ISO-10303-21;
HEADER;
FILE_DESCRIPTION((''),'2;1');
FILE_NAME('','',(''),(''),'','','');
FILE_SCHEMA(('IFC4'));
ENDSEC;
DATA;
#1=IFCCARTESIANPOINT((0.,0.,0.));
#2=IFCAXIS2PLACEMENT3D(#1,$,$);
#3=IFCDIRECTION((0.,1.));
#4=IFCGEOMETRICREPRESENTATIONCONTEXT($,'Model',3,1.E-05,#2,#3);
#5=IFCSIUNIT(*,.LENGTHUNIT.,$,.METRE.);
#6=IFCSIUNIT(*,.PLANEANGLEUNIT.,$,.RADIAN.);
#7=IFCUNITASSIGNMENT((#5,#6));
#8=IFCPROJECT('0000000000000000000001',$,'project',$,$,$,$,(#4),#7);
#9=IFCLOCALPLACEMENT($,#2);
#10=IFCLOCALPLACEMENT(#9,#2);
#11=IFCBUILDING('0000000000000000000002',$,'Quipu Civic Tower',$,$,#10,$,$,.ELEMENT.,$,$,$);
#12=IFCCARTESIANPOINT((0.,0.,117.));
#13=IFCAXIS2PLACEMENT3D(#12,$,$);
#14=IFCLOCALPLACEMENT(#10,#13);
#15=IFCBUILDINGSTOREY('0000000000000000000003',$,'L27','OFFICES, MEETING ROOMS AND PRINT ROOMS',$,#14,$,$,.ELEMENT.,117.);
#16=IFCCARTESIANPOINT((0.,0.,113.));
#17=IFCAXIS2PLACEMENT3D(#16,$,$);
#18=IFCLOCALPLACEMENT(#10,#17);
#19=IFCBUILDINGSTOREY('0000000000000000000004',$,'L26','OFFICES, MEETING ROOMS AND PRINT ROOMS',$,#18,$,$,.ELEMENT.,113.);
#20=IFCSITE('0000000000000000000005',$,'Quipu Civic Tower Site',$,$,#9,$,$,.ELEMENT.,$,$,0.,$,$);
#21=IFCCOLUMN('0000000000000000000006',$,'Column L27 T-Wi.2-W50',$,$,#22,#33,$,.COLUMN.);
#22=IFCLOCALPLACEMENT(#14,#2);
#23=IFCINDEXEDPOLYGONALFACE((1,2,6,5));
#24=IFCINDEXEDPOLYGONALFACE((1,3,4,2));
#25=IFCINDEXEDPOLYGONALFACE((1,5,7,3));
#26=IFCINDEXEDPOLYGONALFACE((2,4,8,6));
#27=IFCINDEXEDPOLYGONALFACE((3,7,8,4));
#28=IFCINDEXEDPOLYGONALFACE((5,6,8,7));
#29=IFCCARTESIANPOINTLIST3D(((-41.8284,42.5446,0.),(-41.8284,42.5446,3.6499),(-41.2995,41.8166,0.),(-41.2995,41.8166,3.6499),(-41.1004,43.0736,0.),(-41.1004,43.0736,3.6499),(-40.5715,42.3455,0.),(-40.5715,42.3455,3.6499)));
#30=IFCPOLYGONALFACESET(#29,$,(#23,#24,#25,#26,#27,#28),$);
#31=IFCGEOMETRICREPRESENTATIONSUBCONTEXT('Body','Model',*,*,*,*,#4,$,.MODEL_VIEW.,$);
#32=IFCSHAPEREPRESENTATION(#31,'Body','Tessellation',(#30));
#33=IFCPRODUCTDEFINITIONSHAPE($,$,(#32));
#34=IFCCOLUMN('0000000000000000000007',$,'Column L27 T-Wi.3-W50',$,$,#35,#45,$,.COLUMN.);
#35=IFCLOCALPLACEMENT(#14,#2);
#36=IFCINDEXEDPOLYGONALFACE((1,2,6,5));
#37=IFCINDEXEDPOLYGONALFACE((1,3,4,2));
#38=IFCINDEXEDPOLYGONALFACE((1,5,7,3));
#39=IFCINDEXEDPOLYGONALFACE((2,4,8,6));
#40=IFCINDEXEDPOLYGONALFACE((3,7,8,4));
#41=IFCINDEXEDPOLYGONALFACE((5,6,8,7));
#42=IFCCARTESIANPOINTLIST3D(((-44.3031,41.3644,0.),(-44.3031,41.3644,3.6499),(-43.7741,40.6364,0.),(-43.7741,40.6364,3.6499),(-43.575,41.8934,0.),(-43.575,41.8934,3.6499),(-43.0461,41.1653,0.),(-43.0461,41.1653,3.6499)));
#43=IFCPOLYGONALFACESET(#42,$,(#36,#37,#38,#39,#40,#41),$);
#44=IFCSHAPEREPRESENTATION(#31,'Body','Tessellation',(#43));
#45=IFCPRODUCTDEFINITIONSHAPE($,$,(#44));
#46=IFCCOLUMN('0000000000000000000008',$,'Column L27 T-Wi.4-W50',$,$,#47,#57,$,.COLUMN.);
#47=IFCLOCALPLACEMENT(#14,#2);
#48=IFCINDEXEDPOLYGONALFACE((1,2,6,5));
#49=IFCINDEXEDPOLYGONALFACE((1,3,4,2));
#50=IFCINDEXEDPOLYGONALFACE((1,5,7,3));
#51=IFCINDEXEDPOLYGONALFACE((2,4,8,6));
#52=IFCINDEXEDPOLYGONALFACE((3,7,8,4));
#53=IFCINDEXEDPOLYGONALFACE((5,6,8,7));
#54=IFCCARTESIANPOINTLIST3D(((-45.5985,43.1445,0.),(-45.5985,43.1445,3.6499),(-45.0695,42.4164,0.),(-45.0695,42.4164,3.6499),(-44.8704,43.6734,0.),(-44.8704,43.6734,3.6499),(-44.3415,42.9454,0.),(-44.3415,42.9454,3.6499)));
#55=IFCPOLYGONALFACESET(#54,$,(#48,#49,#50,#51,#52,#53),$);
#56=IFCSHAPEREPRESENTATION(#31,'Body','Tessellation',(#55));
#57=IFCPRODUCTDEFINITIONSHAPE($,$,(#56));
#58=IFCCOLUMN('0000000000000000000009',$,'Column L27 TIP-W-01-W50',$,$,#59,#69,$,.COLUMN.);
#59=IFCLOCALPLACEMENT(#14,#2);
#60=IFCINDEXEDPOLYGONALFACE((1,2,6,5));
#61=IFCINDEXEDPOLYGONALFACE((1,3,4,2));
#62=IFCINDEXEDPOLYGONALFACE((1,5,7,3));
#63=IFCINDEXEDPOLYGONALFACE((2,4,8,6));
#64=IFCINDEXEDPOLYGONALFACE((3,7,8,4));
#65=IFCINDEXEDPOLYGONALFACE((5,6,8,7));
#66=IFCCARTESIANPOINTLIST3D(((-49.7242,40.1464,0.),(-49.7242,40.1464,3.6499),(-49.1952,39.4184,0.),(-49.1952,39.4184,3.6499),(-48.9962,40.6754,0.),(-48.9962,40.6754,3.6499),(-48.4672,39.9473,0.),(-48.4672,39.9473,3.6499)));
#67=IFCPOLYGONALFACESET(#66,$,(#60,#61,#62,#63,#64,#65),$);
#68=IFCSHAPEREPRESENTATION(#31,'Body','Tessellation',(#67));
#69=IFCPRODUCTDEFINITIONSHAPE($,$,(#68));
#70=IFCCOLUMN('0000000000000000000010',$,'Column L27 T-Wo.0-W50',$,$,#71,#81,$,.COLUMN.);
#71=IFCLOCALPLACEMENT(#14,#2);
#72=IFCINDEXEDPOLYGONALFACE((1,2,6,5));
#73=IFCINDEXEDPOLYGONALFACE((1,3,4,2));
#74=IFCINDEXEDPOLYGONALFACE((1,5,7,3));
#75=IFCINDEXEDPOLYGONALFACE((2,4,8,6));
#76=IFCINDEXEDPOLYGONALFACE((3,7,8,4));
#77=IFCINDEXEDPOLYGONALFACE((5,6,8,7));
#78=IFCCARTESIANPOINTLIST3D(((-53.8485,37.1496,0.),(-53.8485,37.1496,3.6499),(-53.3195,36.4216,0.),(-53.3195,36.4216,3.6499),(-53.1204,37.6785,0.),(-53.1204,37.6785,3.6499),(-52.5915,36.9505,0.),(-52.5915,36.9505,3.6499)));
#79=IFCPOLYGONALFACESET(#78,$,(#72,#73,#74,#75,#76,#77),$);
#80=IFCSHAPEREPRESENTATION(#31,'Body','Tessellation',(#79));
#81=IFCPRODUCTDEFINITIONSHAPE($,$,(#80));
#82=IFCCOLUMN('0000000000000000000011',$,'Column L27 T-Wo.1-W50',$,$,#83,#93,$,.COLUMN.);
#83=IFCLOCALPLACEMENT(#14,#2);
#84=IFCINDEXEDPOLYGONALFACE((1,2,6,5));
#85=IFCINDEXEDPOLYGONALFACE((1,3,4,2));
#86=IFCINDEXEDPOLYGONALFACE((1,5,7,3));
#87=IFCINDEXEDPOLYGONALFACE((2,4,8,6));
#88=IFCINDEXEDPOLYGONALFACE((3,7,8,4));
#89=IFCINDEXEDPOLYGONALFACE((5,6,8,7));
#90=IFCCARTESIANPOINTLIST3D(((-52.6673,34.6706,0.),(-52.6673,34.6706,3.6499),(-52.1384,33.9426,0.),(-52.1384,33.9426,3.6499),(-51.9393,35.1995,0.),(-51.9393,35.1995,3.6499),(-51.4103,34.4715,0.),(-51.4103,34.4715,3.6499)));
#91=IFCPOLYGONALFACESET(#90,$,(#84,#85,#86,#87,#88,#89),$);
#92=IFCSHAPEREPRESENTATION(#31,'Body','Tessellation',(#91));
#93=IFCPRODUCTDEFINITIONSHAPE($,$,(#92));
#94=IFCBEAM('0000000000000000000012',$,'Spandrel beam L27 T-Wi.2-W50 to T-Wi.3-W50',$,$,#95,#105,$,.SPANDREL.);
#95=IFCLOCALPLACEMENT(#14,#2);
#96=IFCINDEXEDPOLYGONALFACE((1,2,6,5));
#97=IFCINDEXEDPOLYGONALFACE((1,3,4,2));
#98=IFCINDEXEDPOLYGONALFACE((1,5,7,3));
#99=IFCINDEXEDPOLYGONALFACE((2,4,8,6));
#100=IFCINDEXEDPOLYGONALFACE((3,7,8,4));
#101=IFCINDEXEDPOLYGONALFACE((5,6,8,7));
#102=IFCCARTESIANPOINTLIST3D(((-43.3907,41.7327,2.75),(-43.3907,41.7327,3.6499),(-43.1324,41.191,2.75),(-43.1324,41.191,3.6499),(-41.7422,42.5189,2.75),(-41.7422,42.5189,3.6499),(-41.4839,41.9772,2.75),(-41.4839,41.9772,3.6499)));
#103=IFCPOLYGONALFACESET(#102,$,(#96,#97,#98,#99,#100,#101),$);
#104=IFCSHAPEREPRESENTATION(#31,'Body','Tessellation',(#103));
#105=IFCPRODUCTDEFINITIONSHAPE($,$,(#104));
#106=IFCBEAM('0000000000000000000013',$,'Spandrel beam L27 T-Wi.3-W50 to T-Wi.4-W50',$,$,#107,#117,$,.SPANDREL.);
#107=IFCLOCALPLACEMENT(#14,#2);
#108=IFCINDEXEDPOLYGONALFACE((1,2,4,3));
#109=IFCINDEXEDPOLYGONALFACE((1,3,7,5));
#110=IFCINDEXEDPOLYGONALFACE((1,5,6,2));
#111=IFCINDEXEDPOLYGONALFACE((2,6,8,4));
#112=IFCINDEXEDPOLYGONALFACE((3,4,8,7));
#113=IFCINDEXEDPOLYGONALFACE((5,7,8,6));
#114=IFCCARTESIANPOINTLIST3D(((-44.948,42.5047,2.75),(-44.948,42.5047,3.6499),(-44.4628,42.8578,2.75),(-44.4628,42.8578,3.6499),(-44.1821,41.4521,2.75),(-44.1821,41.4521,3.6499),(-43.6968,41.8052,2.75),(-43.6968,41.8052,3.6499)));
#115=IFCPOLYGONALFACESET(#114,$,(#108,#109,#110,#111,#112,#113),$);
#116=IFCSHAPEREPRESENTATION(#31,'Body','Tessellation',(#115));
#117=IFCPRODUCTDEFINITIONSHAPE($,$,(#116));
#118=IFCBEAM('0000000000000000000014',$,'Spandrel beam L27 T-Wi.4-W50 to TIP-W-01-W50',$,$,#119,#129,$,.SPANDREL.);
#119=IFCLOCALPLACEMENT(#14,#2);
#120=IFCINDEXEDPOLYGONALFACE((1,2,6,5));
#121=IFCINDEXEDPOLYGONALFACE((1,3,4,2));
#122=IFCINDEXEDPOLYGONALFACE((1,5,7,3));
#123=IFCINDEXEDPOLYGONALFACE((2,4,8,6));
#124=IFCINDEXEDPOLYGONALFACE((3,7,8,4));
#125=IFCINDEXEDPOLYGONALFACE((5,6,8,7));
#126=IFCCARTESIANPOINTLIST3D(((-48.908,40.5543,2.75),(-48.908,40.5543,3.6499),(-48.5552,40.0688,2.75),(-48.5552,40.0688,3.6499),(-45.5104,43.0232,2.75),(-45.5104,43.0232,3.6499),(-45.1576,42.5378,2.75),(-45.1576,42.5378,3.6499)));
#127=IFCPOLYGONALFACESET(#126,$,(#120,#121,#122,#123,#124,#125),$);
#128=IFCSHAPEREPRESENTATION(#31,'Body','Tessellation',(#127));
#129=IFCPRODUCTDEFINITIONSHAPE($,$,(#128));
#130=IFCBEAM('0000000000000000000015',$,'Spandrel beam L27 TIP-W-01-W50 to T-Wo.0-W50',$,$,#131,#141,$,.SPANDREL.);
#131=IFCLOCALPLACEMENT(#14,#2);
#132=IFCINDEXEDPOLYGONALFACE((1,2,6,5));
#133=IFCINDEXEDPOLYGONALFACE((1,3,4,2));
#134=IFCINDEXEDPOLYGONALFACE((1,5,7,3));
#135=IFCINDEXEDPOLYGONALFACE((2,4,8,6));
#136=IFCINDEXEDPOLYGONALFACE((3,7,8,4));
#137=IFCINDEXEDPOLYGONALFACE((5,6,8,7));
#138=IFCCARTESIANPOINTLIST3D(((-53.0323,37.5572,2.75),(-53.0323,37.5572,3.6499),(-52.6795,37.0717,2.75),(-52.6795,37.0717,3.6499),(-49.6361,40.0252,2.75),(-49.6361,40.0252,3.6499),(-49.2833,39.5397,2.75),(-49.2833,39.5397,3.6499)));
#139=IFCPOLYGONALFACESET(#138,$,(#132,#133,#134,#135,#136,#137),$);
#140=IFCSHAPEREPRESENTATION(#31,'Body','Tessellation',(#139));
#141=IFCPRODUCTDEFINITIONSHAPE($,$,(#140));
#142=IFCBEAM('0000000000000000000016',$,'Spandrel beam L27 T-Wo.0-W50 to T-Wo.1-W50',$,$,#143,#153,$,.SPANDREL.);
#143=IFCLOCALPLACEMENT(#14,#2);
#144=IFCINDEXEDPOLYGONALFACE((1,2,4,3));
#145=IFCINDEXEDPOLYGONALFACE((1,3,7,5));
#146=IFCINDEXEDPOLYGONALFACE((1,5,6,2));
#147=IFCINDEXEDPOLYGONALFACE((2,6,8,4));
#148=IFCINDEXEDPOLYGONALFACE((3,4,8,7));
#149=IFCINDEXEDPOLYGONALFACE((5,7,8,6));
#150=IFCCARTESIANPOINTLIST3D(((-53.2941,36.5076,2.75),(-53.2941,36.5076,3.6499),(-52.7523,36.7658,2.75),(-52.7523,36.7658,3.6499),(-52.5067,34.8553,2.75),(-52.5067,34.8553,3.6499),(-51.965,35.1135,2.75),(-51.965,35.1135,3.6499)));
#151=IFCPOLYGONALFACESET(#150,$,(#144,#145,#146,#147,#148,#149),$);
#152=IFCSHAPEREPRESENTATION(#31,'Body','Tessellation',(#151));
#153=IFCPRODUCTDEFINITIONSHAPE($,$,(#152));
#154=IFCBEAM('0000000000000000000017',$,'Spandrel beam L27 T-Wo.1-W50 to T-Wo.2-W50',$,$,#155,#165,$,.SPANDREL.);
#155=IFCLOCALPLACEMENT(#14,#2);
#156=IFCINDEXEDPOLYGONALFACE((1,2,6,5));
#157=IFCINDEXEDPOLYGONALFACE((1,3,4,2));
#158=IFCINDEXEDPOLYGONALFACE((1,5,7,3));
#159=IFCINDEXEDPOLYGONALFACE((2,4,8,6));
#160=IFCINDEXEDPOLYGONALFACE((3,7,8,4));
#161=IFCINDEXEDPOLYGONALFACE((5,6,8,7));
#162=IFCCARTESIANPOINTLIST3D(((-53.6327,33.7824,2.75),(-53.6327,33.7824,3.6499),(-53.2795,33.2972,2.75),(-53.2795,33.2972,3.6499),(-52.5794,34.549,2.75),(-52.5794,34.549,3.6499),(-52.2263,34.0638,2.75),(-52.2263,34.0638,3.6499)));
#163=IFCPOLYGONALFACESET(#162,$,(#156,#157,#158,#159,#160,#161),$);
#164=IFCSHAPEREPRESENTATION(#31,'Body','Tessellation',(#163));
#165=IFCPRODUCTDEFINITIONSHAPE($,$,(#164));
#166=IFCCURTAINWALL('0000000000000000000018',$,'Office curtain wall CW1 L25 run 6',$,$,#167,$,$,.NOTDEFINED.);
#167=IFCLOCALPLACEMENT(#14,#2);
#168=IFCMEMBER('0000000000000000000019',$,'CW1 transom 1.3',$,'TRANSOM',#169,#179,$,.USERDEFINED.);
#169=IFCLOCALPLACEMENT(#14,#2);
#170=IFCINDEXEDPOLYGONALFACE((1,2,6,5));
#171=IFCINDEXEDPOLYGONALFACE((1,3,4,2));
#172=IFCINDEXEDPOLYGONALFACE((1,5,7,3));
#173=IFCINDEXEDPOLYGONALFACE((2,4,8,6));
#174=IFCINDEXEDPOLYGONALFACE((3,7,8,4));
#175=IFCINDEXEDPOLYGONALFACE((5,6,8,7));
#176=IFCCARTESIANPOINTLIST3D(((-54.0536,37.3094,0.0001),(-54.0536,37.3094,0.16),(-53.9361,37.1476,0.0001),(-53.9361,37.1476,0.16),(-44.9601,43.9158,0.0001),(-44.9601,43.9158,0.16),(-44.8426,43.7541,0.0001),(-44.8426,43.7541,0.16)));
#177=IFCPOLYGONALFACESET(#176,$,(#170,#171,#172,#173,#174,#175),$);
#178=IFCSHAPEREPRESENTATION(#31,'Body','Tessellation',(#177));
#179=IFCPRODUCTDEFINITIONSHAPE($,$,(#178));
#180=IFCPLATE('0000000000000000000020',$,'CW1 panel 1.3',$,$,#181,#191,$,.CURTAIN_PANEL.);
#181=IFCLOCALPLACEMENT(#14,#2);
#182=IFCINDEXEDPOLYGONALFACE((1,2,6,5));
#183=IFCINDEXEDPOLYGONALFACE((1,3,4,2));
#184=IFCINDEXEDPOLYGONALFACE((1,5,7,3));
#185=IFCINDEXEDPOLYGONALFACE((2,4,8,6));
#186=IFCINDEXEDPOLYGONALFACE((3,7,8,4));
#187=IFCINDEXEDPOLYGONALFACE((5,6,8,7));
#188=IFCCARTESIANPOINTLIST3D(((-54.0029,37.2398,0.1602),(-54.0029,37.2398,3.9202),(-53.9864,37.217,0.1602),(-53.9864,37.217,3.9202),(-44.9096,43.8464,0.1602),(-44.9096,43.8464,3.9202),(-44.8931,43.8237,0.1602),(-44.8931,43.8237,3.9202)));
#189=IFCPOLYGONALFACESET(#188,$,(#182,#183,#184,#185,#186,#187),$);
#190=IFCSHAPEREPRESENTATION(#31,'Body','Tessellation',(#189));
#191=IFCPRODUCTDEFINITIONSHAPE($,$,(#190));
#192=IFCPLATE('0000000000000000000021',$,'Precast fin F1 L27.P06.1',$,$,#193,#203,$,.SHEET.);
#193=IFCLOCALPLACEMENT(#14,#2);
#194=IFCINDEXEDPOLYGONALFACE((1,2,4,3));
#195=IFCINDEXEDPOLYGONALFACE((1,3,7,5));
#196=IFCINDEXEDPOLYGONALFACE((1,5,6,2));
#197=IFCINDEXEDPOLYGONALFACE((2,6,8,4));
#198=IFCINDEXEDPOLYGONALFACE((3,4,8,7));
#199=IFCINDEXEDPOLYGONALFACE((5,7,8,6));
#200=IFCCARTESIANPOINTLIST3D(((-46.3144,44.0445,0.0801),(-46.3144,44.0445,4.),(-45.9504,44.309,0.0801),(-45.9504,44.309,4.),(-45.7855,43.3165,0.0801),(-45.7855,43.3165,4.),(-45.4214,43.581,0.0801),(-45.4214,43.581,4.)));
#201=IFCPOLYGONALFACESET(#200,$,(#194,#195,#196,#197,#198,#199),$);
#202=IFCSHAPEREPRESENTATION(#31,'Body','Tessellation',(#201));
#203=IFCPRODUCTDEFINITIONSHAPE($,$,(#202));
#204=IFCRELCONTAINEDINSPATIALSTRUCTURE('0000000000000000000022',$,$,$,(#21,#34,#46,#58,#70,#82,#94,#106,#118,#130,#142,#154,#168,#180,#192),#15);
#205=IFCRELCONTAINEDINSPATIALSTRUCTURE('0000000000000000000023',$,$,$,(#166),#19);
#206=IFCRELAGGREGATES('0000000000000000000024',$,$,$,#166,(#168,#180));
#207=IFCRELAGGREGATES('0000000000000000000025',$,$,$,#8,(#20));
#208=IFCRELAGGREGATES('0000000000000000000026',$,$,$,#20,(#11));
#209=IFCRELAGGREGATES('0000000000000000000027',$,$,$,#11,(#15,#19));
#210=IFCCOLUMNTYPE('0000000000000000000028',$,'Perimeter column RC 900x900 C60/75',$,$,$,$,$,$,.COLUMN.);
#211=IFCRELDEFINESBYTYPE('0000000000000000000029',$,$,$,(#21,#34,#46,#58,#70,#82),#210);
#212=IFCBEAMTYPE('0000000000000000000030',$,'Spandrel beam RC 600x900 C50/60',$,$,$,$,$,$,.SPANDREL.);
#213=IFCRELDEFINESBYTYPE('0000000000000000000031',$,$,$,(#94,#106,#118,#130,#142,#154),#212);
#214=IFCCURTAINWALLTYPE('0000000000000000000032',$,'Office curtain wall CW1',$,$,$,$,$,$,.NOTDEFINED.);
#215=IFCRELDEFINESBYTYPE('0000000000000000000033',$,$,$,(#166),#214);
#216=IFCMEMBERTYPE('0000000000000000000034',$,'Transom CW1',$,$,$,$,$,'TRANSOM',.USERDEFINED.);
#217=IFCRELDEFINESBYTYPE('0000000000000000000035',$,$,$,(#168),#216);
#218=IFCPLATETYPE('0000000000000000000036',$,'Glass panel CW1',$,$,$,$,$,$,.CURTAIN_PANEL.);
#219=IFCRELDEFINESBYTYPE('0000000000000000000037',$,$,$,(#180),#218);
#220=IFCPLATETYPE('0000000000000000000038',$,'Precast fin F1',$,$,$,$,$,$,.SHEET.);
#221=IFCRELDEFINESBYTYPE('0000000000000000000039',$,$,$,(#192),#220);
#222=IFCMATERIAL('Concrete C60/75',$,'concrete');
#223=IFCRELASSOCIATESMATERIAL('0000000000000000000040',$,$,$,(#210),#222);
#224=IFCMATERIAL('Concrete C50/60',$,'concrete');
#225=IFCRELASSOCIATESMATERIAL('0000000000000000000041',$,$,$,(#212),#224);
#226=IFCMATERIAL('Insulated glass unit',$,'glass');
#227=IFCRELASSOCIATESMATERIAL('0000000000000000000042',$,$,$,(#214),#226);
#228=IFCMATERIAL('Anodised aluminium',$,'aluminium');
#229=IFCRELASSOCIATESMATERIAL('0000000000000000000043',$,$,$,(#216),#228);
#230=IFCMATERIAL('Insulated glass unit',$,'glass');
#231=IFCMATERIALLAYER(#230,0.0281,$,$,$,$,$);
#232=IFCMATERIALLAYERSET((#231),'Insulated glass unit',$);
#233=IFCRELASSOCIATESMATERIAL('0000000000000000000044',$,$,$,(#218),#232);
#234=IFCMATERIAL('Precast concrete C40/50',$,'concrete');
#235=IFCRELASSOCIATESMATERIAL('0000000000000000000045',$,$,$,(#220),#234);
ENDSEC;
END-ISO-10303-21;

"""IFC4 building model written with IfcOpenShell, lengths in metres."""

from ifc_helpers import new_model, si_unit, direction, frame, origin, origin_2d, place, context, subcontext, project, spatial, rectangle, extrude, material, layer, layer_set, material_profile, profile_set, type_object, element, aggregate, save


model = new_model("IFC4")

# Units and contexts
model_context = context("Model", 3, precision=1e-05, world=origin(), true_north=direction((0.0, 1.0)))
body_context = subcontext(model_context, "Body", "Model", "MODEL_VIEW")
ifc_project = project(units=[si_unit("LENGTHUNIT", "METRE"), si_unit("PLANEANGLEUNIT", "RADIAN")], contexts=[model_context])

# Site, building, storey
site_placement = place(None, origin())
site = spatial("IfcSite", under=ifc_project, at=site_placement, Name="Quipu Civic Tower Site", CompositionType="ELEMENT", RefElevation=0.0)
building_placement = place(site_placement, origin())
building = spatial("IfcBuilding", under=site, at=building_placement, Name="Quipu Civic Tower", CompositionType="ELEMENT")
storey_1_placement = place(building_placement, frame((0.0, 0.0, 117.0)))
storey_1 = spatial("IfcBuildingStorey", under=building, at=storey_1_placement, Name="L27", Description="OFFICES, MEETING ROOMS AND PRINT ROOMS", CompositionType="ELEMENT", Elevation=117.0)

# Columns
ifc_material_1 = material(Name="Concrete C60/75", Category="concrete")
ifc_material_profile_1 = material_profile(ifc_material_1, rectangle(XDim=0.8999, YDim=0.8999, at=origin_2d()), Name="RC900x900")
ifc_profile_set_1 = profile_set([ifc_material_profile_1], Name="Concrete C60/75")
column_type = type_object("IfcColumnType", Name="Perimeter column RC 900x900 C60/75", PredefinedType="COLUMN", material=ifc_profile_set_1)
for number, where, z_axis, x_axis, name in (
    (1, (-41.2, 42.4451, 0.0), (0.0, 0.0, 1.0), (-0.587785, 0.809017, 0.0), "Column L27 T-Wi.2-W50"),
    (2, (-43.6746, 41.2649, 0.0), (0.0, 0.0, 1.0), (-0.809017, -0.587785, 0.0), "Column L27 T-Wi.3-W50"),
    (3, (-44.97, 43.0449, 0.0), (0.0, 0.0, 1.0), (-0.809017, -0.587785, 0.0), "Column L27 T-Wi.4-W50"),
    (4, (-49.0957, 40.0469, 0.0), (0.0, 0.0, 1.0), (-0.809017, -0.587785, 0.0), "Column L27 TIP-W-01-W50"),
    (5, (-53.22, 37.05, 0.0), (0.0, 0.0, 1.0), (0.587785, -0.809017, 0.0), "Column L27 T-Wo.0-W50"),
    (6, (-52.0388, 34.571, 0.0), (0.0, 0.0, 1.0), (-0.809017, -0.587785, 0.0), "Column L27 T-Wo.1-W50"),
):
    element("IfcColumn", number, at=place(storey_1_placement, frame(where, z_axis=z_axis, x_axis=x_axis)), inside=storey_1, type_object=column_type, Name=name, PredefinedType="COLUMN", context=body_context, shape_type="SweptSolid", body=[
        extrude(rectangle(XDim=0.8999, YDim=0.8999, at=origin_2d()), origin(), (0.0, 0.0, 1.0), 3.6499),
    ])

# Beams
ifc_material_2 = material(Name="Concrete C50/60", Category="concrete")
ifc_material_profile_2 = material_profile(ifc_material_2, rectangle(XDim=0.6001, YDim=0.8999, at=origin_2d()), Name="RC600x900")
ifc_profile_set_2 = profile_set([ifc_material_profile_2], Name="Concrete C50/60")
beam_type = type_object("IfcBeamType", Name="Spandrel beam RC 600x900 C50/60", PredefinedType="SPANDREL", material=ifc_profile_set_2)
beam_1_placement = place(storey_1_placement, frame((-41.613, 42.248, 3.2), z_axis=(-0.902613, -0.430452, 0.0), x_axis=(0.430452, -0.902613, 0.0)))
element("IfcBeam", 7, at=beam_1_placement, inside=storey_1, type_object=beam_type, Name="Spandrel beam L27 T-Wi.2-W50 to T-Wi.3-W50", PredefinedType="SPANDREL", context=body_context, shape_type="SweptSolid", body=[
    extrude(rectangle(XDim=0.6001, YDim=0.8999, at=origin_2d()), origin(), (0.0, 0.0, 1.0), 1.8264),
])
beam_2_placement = place(storey_1_placement, frame((-43.9395, 41.6287, 3.2), z_axis=(-0.588384, 0.808582, 0.0), x_axis=(-0.808582, -0.588384, 0.0)))
element("IfcBeam", 8, at=beam_2_placement, inside=storey_1, type_object=beam_type, Name="Spandrel beam L27 T-Wi.3-W50 to T-Wi.4-W50", PredefinedType="SPANDREL", context=body_context, shape_type="SweptSolid", body=[
    extrude(rectangle(XDim=0.6001, YDim=0.8999, at=origin_2d()), origin(), (0.0, 0.0, 1.0), 1.3018),
])
beam_3_placement = place(storey_1_placement, frame((-45.334, 42.7805, 3.2), z_axis=(-0.80897, -0.58785, 0.0), x_axis=(0.58785, -0.80897, 0.0)))
element("IfcBeam", 9, at=beam_3_placement, inside=storey_1, type_object=beam_type, Name="Spandrel beam L27 T-Wi.4-W50 to TIP-W-01-W50", PredefinedType="SPANDREL", context=body_context, shape_type="SweptSolid", body=[
    extrude(rectangle(XDim=0.6001, YDim=0.8999, at=origin_2d()), origin(), (0.0, 0.0, 1.0), 4.2),
])
beam_4_placement = place(storey_1_placement, frame((-49.4597, 39.7825, 3.2), z_axis=(-0.80896, -0.587864, 0.0), x_axis=(0.587864, -0.80896, 0.0)))
element("IfcBeam", 10, at=beam_4_placement, inside=storey_1, type_object=beam_type, Name="Spandrel beam L27 TIP-W-01-W50 to T-Wo.0-W50", PredefinedType="SPANDREL", context=body_context, shape_type="SweptSolid", body=[
    extrude(rectangle(XDim=0.6001, YDim=0.8999, at=origin_2d()), origin(), (0.0, 0.0, 1.0), 4.1982),
])
beam_5_placement = place(storey_1_placement, frame((-53.0232, 36.6367, 3.2), z_axis=(0.430167, -0.90275, 0.0), x_axis=(0.90275, 0.430167, 0.0)))
element("IfcBeam", 11, at=beam_5_placement, inside=storey_1, type_object=beam_type, Name="Spandrel beam L27 T-Wo.0-W50 to T-Wo.1-W50", PredefinedType="SPANDREL", context=body_context, shape_type="SweptSolid", body=[
    extrude(rectangle(XDim=0.6001, YDim=0.8999, at=origin_2d()), origin(), (0.0, 0.0, 1.0), 1.8303),
])
beam_6_placement = place(storey_1_placement, frame((-52.4028, 34.3064, 3.2), z_axis=(-0.808509, -0.588484, 0.0), x_axis=(0.588484, -0.808509, 0.0)))
element("IfcBeam", 12, at=beam_6_placement, inside=storey_1, type_object=beam_type, Name="Spandrel beam L27 T-Wo.1-W50 to T-Wo.2-W50", PredefinedType="SPANDREL", context=body_context, shape_type="SweptSolid", body=[
    extrude(rectangle(XDim=0.6001, YDim=0.8999, at=origin_2d()), origin(), (0.0, 0.0, 1.0), 1.3027),
])

# Shared definitions
storey_2_placement = place(building_placement, frame((0.0, 0.0, 113.0)))
storey_2 = spatial("IfcBuildingStorey", under=building, at=storey_2_placement, Name="L26", Description="OFFICES, MEETING ROOMS AND PRINT ROOMS", CompositionType="ELEMENT", Elevation=113.0)

# Curtain wall, member, plate
ifc_material_3 = material(Name="Insulated glass unit", Category="glass")
curtain_wall_type = type_object("IfcCurtainWallType", Name="Office curtain wall CW1", PredefinedType="NOTDEFINED", material=ifc_material_3)
curtain_wall_placement = place(storey_2_placement, origin())
curtain_wall = element("IfcCurtainWall", 13, at=curtain_wall_placement, inside=storey_2, type_object=curtain_wall_type, Name="Office curtain wall CW1 L25 run 6", PredefinedType="NOTDEFINED")
ifc_material_4 = material(Name="Anodised aluminium", Category="aluminium")
ifc_material_profile_3 = material_profile(ifc_material_4, rectangle(XDim=0.2, YDim=0.1599, at=origin_2d()), Name="RECT 200x160")
ifc_profile_set_3 = profile_set([ifc_material_profile_3], Name="Anodised aluminium")
member_type = type_object("IfcMemberType", Name="Transom CW1", ElementType="TRANSOM", PredefinedType="USERDEFINED", material=ifc_profile_set_3)
member_placement = place(storey_1_placement, frame((-44.9014, 43.835, 0.0801), z_axis=(-0.809033, -0.587764, 0.0), x_axis=(0.587764, -0.809033, 0.0)))
member = element("IfcMember", 14, at=member_placement, inside=storey_1, type_object=member_type, Name="CW1 transom 1.3", ObjectType="TRANSOM", PredefinedType="USERDEFINED", context=body_context, shape_type="SweptSolid", body=[
    extrude(rectangle(XDim=0.2, YDim=0.1599, at=origin_2d()), origin(), (0.0, 0.0, 1.0), 11.24),
])
ifc_material_5 = material(Name="Insulated glass unit", Category="glass")
ifc_layer_1 = layer(ifc_material_5, 0.0281)
ifc_layer_set_1 = layer_set([ifc_layer_1], Name="Insulated glass unit")
plate_type_1 = type_object("IfcPlateType", Name="Glass panel CW1", PredefinedType="CURTAIN_PANEL", material=ifc_layer_set_1)
plate_placement = place(storey_1_placement, frame((-49.448, 40.5317, 0.1602), z_axis=(0.0, 0.0, 1.0), x_axis=(-0.809019, -0.587782, 0.0)))
plate = element("IfcPlate", 15, at=plate_placement, inside=storey_1, type_object=plate_type_1, Name="CW1 panel 1.3", PredefinedType="CURTAIN_PANEL", context=body_context, shape_type="SweptSolid", body=[
    extrude(rectangle(XDim=11.24, YDim=0.0281, at=origin_2d()), origin(), (0.0, 0.0, 1.0), 3.76),
])
aggregate(curtain_wall, [member, plate])

# Plate
ifc_material_6 = material(Name="Precast concrete C40/50", Category="concrete")
plate_type_2 = type_object("IfcPlateType", Name="Precast fin F1", PredefinedType="SHEET", material=ifc_material_6)
for number, where, z_axis, x_axis, name in (
    (16, (-45.8679, 43.8127, 0.0801), (0.0, 0.0, 1.0), (-0.809021, -0.587779, 0.0), "Precast fin F1 L27.P06.1"),
):
    element("IfcPlate", number, at=place(storey_1_placement, frame(where, z_axis=z_axis, x_axis=x_axis)), inside=storey_1, type_object=plate_type_2, Name=name, PredefinedType="SHEET", context=body_context, shape_type="SweptSolid", body=[
        extrude(rectangle(XDim=0.45, YDim=0.8999, at=origin_2d()), origin(), (0.0, 0.0, 1.0), 3.9199),
    ])

save(model, "model.ifc")
